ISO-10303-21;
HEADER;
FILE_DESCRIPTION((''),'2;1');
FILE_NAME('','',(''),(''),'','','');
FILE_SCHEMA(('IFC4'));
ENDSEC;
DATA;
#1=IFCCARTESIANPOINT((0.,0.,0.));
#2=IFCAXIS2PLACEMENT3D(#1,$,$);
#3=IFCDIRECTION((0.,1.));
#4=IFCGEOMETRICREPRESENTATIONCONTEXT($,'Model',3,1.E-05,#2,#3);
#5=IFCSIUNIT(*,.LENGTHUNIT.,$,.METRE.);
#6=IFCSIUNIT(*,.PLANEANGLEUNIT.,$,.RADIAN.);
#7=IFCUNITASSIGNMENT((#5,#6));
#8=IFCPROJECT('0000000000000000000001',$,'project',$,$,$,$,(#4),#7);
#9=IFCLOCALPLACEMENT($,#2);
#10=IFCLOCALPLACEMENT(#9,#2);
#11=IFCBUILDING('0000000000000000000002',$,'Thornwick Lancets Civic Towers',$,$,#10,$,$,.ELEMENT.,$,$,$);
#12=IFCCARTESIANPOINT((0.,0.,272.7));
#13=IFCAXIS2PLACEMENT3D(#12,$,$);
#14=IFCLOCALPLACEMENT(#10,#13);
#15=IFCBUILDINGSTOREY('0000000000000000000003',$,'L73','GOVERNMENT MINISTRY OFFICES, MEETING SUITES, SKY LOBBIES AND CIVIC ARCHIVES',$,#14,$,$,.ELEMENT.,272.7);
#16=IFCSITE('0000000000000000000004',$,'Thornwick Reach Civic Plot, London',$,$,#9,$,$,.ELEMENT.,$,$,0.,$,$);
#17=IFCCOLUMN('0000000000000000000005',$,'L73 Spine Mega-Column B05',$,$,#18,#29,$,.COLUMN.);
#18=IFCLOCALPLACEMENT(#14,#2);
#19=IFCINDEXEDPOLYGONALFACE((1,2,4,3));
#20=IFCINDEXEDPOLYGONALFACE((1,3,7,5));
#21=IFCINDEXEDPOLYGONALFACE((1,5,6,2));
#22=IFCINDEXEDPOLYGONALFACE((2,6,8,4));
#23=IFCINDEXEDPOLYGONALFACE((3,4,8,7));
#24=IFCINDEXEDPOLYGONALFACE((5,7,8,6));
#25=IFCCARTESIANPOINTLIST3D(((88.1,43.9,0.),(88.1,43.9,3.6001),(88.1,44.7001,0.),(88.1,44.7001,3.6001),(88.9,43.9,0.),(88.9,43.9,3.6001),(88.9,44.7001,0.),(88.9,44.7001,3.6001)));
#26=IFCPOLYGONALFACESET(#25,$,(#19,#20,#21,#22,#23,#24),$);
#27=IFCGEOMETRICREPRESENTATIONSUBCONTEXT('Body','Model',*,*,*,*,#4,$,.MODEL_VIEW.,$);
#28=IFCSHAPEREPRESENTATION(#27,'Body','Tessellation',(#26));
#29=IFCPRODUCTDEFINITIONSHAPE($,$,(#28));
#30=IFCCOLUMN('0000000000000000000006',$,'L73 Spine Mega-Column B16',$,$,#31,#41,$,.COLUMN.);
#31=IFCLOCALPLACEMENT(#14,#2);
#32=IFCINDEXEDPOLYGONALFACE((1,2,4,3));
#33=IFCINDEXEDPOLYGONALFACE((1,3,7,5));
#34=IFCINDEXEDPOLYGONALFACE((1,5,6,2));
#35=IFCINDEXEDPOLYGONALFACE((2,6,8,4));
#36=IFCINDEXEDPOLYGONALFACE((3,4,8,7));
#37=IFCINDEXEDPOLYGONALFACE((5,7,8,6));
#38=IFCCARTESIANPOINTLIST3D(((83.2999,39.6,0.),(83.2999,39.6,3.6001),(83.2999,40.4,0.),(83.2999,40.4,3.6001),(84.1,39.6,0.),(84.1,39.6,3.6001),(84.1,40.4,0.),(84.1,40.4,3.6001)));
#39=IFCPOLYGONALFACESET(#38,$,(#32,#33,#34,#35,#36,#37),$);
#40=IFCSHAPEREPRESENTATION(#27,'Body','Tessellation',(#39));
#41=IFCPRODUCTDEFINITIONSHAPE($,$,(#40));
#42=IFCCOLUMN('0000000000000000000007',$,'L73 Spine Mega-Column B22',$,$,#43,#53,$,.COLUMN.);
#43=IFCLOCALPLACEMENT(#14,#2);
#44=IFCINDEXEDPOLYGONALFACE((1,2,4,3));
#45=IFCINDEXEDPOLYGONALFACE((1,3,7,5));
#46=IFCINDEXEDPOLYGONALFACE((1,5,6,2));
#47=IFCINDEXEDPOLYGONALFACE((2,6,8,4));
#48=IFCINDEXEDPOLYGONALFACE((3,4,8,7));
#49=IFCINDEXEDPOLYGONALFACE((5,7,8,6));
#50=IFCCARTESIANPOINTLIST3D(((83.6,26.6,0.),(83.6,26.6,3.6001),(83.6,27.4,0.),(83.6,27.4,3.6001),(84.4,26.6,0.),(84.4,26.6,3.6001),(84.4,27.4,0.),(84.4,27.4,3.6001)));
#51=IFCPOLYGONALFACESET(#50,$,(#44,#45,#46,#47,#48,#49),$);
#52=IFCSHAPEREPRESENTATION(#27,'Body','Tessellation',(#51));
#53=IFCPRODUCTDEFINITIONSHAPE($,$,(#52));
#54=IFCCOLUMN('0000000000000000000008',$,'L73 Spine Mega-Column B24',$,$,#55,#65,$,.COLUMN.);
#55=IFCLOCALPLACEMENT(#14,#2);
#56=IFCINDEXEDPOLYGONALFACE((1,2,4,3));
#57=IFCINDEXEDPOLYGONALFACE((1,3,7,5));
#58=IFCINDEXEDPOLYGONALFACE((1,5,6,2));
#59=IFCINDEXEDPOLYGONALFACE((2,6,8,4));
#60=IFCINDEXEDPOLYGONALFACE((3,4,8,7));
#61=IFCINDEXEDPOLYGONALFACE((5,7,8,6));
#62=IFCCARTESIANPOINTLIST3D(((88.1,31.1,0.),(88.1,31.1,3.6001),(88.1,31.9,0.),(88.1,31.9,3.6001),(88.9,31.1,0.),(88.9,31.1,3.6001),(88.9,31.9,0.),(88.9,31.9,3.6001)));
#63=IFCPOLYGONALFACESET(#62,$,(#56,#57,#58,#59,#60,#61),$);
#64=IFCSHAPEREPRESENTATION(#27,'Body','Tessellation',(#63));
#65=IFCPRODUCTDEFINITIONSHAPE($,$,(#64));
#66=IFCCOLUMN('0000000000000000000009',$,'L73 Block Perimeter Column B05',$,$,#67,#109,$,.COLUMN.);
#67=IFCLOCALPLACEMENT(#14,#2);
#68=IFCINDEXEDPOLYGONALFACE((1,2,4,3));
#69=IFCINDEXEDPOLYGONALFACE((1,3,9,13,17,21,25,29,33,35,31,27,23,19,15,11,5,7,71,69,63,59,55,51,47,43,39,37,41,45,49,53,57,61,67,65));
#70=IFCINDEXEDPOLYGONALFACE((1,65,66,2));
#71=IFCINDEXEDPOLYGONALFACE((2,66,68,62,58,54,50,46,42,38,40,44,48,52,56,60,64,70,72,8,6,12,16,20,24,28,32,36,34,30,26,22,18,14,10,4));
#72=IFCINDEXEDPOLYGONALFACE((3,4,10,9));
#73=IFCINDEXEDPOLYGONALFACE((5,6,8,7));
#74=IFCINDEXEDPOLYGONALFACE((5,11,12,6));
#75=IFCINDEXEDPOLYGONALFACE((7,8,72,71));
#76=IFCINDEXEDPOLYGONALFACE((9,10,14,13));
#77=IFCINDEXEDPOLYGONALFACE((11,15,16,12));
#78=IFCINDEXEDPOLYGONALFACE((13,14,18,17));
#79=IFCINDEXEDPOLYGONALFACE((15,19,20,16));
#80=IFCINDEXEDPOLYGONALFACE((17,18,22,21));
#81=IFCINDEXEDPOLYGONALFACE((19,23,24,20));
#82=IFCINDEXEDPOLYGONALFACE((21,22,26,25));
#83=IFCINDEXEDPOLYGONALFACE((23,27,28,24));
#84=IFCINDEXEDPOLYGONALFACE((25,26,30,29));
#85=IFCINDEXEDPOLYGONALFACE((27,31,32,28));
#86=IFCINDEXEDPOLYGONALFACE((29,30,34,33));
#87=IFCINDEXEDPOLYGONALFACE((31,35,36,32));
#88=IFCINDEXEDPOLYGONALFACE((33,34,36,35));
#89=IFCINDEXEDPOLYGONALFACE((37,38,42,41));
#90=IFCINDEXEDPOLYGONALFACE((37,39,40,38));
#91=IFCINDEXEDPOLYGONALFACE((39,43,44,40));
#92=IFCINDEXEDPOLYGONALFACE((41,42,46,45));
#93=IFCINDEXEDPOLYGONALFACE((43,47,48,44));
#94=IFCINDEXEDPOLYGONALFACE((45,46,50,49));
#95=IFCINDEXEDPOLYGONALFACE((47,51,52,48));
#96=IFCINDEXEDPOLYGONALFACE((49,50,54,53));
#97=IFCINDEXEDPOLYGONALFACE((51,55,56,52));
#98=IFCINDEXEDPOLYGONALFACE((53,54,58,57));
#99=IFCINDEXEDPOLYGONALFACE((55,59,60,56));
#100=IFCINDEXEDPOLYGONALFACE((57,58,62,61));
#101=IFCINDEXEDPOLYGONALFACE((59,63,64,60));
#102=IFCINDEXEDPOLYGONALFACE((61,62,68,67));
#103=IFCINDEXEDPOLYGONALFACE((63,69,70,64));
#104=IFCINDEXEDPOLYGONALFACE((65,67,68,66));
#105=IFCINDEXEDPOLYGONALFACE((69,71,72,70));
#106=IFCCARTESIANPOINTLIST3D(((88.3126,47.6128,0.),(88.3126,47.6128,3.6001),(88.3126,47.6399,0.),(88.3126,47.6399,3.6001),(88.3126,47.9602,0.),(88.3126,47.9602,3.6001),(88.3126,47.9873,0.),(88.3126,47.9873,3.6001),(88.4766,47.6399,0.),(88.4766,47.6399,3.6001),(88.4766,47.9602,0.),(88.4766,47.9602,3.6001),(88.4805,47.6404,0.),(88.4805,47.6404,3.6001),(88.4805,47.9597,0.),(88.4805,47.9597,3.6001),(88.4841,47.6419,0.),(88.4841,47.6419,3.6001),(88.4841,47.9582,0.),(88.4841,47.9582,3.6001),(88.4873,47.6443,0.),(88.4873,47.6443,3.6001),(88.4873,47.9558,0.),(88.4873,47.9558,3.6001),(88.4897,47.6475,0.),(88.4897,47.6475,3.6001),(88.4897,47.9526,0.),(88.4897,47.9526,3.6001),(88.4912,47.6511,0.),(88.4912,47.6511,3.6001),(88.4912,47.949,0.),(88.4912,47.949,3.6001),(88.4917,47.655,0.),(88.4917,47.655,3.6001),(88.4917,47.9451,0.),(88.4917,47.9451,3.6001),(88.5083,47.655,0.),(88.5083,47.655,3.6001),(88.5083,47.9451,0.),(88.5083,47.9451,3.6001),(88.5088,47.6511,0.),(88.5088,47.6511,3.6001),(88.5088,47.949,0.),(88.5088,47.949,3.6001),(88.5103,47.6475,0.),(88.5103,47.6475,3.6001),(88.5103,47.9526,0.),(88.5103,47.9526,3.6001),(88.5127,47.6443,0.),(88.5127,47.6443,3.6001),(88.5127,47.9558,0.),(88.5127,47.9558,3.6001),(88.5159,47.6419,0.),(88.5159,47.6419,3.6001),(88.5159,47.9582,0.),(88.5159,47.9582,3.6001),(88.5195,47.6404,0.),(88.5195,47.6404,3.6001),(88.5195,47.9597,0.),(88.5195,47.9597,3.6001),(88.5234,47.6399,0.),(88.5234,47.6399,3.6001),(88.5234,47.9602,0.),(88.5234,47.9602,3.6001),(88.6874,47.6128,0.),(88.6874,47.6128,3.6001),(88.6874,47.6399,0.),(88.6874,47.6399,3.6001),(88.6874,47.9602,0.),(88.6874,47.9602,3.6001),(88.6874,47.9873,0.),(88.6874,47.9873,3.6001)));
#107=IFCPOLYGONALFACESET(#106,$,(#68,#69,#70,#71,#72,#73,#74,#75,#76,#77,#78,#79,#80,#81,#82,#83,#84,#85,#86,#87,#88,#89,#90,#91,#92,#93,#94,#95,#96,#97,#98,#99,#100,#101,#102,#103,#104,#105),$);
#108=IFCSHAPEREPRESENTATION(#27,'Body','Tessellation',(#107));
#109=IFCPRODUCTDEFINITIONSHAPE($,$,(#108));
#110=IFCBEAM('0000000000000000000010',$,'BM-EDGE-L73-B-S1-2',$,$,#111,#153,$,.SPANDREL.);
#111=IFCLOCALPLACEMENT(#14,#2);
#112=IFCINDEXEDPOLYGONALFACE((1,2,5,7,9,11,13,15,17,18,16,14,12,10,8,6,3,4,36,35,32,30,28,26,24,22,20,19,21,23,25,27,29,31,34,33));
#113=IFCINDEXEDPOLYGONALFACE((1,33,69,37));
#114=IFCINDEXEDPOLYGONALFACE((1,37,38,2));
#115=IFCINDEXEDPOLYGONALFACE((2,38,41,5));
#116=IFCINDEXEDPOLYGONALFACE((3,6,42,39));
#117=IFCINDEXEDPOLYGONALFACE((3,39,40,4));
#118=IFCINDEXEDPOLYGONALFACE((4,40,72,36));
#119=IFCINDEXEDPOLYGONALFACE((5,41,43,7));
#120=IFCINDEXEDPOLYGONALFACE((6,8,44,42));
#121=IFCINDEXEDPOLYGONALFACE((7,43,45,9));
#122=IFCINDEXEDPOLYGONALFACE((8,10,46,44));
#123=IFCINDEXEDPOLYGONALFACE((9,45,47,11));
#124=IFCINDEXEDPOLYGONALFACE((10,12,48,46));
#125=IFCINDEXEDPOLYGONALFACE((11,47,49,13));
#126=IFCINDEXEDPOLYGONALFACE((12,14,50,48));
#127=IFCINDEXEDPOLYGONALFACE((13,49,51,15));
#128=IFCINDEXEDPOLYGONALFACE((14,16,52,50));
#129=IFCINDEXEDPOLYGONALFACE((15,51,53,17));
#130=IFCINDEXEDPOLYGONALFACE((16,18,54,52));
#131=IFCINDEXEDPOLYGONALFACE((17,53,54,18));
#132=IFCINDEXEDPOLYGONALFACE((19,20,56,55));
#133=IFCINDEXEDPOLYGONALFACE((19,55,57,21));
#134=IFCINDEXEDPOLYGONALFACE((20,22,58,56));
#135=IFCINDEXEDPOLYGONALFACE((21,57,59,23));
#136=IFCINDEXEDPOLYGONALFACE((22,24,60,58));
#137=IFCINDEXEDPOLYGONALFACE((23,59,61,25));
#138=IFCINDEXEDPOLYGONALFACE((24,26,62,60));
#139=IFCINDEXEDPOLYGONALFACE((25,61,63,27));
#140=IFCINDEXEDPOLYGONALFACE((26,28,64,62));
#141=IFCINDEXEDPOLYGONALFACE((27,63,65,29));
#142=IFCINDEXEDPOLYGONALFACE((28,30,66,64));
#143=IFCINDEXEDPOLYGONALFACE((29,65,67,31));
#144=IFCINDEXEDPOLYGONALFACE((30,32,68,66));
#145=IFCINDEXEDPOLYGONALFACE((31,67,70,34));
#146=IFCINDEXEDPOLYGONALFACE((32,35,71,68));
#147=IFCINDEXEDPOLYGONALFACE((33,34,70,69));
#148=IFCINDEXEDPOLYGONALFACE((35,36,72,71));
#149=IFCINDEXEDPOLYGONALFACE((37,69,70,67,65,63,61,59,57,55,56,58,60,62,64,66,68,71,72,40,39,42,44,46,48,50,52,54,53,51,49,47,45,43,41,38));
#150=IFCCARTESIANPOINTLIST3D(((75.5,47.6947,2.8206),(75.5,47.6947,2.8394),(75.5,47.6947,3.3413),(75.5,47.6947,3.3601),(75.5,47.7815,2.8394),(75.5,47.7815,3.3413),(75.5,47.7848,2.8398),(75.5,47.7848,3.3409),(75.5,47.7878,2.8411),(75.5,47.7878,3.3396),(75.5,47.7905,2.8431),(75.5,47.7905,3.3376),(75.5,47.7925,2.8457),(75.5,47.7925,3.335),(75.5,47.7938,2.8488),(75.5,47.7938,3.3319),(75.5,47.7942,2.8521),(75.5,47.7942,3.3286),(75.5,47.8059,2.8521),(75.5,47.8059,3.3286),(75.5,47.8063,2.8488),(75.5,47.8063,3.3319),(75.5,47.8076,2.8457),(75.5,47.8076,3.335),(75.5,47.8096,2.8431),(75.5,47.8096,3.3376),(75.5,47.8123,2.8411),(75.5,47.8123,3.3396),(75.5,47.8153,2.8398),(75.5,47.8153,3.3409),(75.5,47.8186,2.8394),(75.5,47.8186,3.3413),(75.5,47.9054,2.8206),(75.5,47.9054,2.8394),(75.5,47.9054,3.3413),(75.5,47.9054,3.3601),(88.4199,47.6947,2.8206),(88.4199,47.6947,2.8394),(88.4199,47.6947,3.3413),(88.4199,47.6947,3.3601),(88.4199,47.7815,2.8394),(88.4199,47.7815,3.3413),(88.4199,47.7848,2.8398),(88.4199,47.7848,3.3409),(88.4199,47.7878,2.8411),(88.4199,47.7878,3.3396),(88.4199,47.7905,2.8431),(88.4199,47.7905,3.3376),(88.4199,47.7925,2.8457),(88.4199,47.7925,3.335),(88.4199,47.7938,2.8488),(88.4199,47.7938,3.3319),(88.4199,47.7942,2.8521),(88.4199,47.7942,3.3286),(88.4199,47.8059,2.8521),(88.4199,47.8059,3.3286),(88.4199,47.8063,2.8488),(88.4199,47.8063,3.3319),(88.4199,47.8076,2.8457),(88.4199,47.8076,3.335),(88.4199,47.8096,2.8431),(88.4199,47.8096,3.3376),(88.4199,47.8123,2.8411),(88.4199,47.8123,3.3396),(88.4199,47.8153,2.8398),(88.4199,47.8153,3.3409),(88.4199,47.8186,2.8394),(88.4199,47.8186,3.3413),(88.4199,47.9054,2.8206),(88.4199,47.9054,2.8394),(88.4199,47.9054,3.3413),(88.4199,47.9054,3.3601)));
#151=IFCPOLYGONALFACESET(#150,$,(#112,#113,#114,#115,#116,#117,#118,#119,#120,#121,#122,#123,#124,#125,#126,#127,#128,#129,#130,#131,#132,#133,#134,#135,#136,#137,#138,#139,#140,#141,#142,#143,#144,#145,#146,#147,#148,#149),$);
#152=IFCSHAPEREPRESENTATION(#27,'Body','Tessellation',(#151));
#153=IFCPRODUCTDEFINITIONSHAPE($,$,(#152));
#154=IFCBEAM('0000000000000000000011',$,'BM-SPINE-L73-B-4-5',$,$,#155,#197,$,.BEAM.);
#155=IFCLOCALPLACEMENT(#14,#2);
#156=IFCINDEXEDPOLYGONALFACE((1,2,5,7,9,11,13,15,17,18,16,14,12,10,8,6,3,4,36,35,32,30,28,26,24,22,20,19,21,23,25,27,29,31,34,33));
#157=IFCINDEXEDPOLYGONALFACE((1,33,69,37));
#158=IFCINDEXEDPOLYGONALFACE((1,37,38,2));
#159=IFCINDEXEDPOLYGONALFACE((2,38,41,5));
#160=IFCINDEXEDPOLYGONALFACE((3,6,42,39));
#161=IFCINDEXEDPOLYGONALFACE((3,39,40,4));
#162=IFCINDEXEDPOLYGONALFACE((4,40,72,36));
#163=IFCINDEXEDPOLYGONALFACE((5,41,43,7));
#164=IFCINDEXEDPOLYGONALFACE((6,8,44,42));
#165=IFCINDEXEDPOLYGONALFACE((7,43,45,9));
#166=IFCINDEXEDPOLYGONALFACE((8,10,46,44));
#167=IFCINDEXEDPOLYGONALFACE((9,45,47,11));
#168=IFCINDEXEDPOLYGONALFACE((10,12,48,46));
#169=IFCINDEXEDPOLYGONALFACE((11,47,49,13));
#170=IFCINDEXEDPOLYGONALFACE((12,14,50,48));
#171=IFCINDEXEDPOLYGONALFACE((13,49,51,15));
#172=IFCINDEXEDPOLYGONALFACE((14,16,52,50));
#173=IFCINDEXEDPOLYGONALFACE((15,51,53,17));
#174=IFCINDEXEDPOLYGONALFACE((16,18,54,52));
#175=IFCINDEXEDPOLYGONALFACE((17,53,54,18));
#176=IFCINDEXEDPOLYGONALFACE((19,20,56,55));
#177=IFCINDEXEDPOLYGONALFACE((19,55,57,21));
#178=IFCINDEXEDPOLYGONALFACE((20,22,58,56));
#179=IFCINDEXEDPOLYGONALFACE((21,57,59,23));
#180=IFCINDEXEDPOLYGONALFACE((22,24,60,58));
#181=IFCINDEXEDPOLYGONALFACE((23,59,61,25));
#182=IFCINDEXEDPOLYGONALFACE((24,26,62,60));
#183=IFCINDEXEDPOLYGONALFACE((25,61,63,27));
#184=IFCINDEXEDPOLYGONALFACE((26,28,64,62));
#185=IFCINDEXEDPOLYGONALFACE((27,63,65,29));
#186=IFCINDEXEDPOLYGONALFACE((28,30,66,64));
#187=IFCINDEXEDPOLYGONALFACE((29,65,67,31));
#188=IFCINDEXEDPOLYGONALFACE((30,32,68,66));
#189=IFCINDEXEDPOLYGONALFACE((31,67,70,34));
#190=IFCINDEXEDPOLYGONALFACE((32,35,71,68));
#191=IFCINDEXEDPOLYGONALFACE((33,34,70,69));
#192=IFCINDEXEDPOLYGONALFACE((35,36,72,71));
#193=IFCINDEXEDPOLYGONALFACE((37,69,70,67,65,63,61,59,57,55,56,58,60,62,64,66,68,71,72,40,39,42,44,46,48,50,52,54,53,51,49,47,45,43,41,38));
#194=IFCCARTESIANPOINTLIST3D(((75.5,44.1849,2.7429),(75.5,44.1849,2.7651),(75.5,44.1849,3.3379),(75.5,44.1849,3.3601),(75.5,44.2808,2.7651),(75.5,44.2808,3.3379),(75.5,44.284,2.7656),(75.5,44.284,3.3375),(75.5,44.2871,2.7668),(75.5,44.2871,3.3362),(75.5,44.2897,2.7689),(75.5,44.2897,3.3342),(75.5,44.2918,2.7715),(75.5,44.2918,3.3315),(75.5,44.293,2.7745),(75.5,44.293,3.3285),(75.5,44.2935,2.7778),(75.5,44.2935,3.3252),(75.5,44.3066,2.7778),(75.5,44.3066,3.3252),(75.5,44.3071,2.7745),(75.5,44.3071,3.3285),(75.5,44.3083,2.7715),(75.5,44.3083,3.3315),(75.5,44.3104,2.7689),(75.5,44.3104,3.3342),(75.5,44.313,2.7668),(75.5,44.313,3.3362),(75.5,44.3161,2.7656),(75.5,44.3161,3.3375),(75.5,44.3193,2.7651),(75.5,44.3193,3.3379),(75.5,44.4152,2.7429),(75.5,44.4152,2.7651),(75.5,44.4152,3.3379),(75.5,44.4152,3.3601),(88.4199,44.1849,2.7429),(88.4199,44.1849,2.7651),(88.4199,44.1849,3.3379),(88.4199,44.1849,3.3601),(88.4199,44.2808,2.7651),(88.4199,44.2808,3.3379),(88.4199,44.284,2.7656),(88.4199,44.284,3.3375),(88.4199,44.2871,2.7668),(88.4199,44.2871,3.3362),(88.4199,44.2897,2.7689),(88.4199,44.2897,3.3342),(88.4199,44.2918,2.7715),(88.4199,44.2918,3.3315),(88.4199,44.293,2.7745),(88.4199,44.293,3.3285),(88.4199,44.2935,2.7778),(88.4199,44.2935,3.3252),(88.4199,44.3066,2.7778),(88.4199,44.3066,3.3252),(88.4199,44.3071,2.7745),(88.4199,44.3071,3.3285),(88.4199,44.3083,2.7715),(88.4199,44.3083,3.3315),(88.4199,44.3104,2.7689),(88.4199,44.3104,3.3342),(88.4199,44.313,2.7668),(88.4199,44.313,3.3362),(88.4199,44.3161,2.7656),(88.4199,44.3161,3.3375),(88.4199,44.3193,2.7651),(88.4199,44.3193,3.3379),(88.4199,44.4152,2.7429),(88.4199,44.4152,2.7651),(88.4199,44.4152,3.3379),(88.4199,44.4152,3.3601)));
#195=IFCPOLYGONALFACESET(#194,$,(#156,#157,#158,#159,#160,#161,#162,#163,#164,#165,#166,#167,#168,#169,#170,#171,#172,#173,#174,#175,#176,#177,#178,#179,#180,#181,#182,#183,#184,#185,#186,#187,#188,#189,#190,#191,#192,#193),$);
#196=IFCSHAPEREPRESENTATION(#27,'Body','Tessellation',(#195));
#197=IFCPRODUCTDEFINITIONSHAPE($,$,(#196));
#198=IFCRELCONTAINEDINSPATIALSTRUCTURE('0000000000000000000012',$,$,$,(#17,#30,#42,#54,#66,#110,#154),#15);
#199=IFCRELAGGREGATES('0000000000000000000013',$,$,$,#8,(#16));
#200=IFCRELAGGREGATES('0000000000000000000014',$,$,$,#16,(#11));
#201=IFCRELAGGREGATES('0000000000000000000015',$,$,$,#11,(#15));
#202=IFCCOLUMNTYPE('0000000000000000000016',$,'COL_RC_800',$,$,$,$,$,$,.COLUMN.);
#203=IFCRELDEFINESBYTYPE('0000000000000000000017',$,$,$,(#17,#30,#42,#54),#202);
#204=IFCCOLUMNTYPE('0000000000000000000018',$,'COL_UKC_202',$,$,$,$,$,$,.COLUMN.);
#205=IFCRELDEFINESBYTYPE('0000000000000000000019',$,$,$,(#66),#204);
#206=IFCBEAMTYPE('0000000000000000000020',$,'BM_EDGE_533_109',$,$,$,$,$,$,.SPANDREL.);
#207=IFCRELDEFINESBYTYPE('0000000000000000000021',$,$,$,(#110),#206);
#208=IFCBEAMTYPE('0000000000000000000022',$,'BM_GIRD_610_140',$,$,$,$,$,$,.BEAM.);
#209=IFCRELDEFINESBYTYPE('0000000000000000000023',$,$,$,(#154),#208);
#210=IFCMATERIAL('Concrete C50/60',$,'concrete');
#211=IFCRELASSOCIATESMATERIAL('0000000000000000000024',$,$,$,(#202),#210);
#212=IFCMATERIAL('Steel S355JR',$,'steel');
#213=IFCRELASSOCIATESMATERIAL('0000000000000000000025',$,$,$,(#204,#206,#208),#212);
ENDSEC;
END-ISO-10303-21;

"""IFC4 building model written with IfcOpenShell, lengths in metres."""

from ifc_helpers import new_model, si_unit, direction, frame, origin, origin_2d, place, context, subcontext, project, spatial, rectangle, i_section, extrude, material, material_profile, profile_set, type_object, element, save


model = new_model("IFC4")

# Units and contexts
model_context = context("Model", 3, precision=1e-05, world=origin(), true_north=direction((0.0, 1.0)))
body_context = subcontext(model_context, "Body", "Model", "MODEL_VIEW")
ifc_project = project(units=[si_unit("LENGTHUNIT", "METRE"), si_unit("PLANEANGLEUNIT", "RADIAN")], contexts=[model_context])

# Site, building, storey
site_placement = place(None, origin())
site = spatial("IfcSite", under=ifc_project, at=site_placement, Name="Thornwick Reach Civic Plot, London", CompositionType="ELEMENT", RefElevation=0.0)
building_placement = place(site_placement, origin())
building = spatial("IfcBuilding", under=site, at=building_placement, Name="Thornwick Lancets Civic Towers", CompositionType="ELEMENT")
storey_placement = place(building_placement, frame((0.0, 0.0, 272.7)))
storey = spatial("IfcBuildingStorey", under=building, at=storey_placement, Name="L73", Description="GOVERNMENT MINISTRY OFFICES, MEETING SUITES, SKY LOBBIES AND CIVIC ARCHIVES", CompositionType="ELEMENT", Elevation=272.7)

# Columns
ifc_material_1 = material(Name="Concrete C50/60", Category="concrete")
ifc_material_profile_1 = material_profile(ifc_material_1, rectangle(XDim=0.8, YDim=0.8, at=origin_2d()), Name="RC 800x800")
ifc_profile_set_1 = profile_set([ifc_material_profile_1], Name="Concrete C50/60")
column_type_1 = type_object("IfcColumnType", Name="COL_RC_800", PredefinedType="COLUMN", material=ifc_profile_set_1)
for number, where, z_axis, x_axis, name in (
    (1, (88.5, 44.3, 0.0), (0.0, 0.0, 1.0), (1.0, 0.0, 0.0), "L73 Spine Mega-Column B05"),
    (2, (83.7, 40.0, 0.0), (0.0, 0.0, 1.0), (1.0, 0.0, 0.0), "L73 Spine Mega-Column B16"),
    (3, (84.0, 27.0, 0.0), (0.0, 0.0, 1.0), (1.0, 0.0, 0.0), "L73 Spine Mega-Column B22"),
    (4, (88.5, 31.5, 0.0), (0.0, 0.0, 1.0), (1.0, 0.0, 0.0), "L73 Spine Mega-Column B24"),
):
    element("IfcColumn", number, at=place(storey_placement, frame(where, z_axis=z_axis, x_axis=x_axis)), inside=storey, type_object=column_type_1, Name=name, PredefinedType="COLUMN", context=body_context, shape_type="SweptSolid", body=[
        extrude(rectangle(XDim=0.8, YDim=0.8, at=origin_2d()), origin(), (0.0, 0.0, 1.0), 3.6001),
    ])
ifc_material_2 = material(Name="Steel S355JR", Category="steel")
ifc_material_profile_2 = material_profile(ifc_material_2, i_section(OverallWidth=0.3748, OverallDepth=0.3745, WebThickness=0.0166, FlangeThickness=0.0271, FilletRadius=0.0151, at=origin_2d()), Name="UKC 356x368x202")
ifc_profile_set_2 = profile_set([ifc_material_profile_2], Name="Steel S355JR")
column_type_2 = type_object("IfcColumnType", Name="COL_UKC_202", PredefinedType="COLUMN", material=ifc_profile_set_2)
column_placement = place(storey_placement, frame((88.5, 47.8, 0.0), z_axis=(0.0, 0.0, 1.0), x_axis=(1.0, 0.0, 0.0)))
element("IfcColumn", 5, at=column_placement, inside=storey, type_object=column_type_2, Name="L73 Block Perimeter Column B05", PredefinedType="COLUMN", context=body_context, shape_type="SweptSolid", body=[
    extrude(i_section(OverallWidth=0.3748, OverallDepth=0.3745, WebThickness=0.0166, FlangeThickness=0.0271, FilletRadius=0.0151, at=origin_2d()), origin(), (0.0, 0.0, 1.0), 3.6001),
])

# Beams
ifc_material_profile_3 = material_profile(ifc_material_2, i_section(OverallWidth=0.2107, OverallDepth=0.5396, WebThickness=0.0117, FlangeThickness=0.0188, FilletRadius=0.0127, at=origin_2d()), Name="UKB 533x210x109")
ifc_profile_set_3 = profile_set([ifc_material_profile_3], Name="Steel S355JR")
beam_type_1 = type_object("IfcBeamType", Name="BM_EDGE_533_109", PredefinedType="SPANDREL", material=ifc_profile_set_3)
beam_1_placement = place(storey_placement, frame((88.4199, 47.8, 3.0903), z_axis=(-1.0, 0.0, 0.0), x_axis=(0.0, -1.0, 0.0)))
element("IfcBeam", 6, at=beam_1_placement, inside=storey, type_object=beam_type_1, Name="BM-EDGE-L73-B-S1-2", PredefinedType="SPANDREL", context=body_context, shape_type="SweptSolid", body=[
    extrude(i_section(OverallWidth=0.2107, OverallDepth=0.5396, WebThickness=0.0117, FlangeThickness=0.0188, FilletRadius=0.0127, at=origin_2d()), origin(), (0.0, 0.0, 1.0), 12.9199),
])
ifc_material_profile_4 = material_profile(ifc_material_2, i_section(OverallWidth=0.2302, OverallDepth=0.6172, WebThickness=0.0132, FlangeThickness=0.0222, FilletRadius=0.0127, at=origin_2d()), Name="UKB 610x229x140")
ifc_profile_set_4 = profile_set([ifc_material_profile_4], Name="Steel S355JR")
beam_type_2 = type_object("IfcBeamType", Name="BM_GIRD_610_140", PredefinedType="BEAM", material=ifc_profile_set_4)
beam_2_placement = place(storey_placement, frame((88.4199, 44.3, 3.0515), z_axis=(-1.0, 0.0, 0.0), x_axis=(0.0, -1.0, 0.0)))
element("IfcBeam", 7, at=beam_2_placement, inside=storey, type_object=beam_type_2, Name="BM-SPINE-L73-B-4-5", PredefinedType="BEAM", context=body_context, shape_type="SweptSolid", body=[
    extrude(i_section(OverallWidth=0.2302, OverallDepth=0.6172, WebThickness=0.0132, FlangeThickness=0.0222, FilletRadius=0.0127, at=origin_2d()), origin(), (0.0, 0.0, 1.0), 12.9199),
])

save(model, "model.ifc")
